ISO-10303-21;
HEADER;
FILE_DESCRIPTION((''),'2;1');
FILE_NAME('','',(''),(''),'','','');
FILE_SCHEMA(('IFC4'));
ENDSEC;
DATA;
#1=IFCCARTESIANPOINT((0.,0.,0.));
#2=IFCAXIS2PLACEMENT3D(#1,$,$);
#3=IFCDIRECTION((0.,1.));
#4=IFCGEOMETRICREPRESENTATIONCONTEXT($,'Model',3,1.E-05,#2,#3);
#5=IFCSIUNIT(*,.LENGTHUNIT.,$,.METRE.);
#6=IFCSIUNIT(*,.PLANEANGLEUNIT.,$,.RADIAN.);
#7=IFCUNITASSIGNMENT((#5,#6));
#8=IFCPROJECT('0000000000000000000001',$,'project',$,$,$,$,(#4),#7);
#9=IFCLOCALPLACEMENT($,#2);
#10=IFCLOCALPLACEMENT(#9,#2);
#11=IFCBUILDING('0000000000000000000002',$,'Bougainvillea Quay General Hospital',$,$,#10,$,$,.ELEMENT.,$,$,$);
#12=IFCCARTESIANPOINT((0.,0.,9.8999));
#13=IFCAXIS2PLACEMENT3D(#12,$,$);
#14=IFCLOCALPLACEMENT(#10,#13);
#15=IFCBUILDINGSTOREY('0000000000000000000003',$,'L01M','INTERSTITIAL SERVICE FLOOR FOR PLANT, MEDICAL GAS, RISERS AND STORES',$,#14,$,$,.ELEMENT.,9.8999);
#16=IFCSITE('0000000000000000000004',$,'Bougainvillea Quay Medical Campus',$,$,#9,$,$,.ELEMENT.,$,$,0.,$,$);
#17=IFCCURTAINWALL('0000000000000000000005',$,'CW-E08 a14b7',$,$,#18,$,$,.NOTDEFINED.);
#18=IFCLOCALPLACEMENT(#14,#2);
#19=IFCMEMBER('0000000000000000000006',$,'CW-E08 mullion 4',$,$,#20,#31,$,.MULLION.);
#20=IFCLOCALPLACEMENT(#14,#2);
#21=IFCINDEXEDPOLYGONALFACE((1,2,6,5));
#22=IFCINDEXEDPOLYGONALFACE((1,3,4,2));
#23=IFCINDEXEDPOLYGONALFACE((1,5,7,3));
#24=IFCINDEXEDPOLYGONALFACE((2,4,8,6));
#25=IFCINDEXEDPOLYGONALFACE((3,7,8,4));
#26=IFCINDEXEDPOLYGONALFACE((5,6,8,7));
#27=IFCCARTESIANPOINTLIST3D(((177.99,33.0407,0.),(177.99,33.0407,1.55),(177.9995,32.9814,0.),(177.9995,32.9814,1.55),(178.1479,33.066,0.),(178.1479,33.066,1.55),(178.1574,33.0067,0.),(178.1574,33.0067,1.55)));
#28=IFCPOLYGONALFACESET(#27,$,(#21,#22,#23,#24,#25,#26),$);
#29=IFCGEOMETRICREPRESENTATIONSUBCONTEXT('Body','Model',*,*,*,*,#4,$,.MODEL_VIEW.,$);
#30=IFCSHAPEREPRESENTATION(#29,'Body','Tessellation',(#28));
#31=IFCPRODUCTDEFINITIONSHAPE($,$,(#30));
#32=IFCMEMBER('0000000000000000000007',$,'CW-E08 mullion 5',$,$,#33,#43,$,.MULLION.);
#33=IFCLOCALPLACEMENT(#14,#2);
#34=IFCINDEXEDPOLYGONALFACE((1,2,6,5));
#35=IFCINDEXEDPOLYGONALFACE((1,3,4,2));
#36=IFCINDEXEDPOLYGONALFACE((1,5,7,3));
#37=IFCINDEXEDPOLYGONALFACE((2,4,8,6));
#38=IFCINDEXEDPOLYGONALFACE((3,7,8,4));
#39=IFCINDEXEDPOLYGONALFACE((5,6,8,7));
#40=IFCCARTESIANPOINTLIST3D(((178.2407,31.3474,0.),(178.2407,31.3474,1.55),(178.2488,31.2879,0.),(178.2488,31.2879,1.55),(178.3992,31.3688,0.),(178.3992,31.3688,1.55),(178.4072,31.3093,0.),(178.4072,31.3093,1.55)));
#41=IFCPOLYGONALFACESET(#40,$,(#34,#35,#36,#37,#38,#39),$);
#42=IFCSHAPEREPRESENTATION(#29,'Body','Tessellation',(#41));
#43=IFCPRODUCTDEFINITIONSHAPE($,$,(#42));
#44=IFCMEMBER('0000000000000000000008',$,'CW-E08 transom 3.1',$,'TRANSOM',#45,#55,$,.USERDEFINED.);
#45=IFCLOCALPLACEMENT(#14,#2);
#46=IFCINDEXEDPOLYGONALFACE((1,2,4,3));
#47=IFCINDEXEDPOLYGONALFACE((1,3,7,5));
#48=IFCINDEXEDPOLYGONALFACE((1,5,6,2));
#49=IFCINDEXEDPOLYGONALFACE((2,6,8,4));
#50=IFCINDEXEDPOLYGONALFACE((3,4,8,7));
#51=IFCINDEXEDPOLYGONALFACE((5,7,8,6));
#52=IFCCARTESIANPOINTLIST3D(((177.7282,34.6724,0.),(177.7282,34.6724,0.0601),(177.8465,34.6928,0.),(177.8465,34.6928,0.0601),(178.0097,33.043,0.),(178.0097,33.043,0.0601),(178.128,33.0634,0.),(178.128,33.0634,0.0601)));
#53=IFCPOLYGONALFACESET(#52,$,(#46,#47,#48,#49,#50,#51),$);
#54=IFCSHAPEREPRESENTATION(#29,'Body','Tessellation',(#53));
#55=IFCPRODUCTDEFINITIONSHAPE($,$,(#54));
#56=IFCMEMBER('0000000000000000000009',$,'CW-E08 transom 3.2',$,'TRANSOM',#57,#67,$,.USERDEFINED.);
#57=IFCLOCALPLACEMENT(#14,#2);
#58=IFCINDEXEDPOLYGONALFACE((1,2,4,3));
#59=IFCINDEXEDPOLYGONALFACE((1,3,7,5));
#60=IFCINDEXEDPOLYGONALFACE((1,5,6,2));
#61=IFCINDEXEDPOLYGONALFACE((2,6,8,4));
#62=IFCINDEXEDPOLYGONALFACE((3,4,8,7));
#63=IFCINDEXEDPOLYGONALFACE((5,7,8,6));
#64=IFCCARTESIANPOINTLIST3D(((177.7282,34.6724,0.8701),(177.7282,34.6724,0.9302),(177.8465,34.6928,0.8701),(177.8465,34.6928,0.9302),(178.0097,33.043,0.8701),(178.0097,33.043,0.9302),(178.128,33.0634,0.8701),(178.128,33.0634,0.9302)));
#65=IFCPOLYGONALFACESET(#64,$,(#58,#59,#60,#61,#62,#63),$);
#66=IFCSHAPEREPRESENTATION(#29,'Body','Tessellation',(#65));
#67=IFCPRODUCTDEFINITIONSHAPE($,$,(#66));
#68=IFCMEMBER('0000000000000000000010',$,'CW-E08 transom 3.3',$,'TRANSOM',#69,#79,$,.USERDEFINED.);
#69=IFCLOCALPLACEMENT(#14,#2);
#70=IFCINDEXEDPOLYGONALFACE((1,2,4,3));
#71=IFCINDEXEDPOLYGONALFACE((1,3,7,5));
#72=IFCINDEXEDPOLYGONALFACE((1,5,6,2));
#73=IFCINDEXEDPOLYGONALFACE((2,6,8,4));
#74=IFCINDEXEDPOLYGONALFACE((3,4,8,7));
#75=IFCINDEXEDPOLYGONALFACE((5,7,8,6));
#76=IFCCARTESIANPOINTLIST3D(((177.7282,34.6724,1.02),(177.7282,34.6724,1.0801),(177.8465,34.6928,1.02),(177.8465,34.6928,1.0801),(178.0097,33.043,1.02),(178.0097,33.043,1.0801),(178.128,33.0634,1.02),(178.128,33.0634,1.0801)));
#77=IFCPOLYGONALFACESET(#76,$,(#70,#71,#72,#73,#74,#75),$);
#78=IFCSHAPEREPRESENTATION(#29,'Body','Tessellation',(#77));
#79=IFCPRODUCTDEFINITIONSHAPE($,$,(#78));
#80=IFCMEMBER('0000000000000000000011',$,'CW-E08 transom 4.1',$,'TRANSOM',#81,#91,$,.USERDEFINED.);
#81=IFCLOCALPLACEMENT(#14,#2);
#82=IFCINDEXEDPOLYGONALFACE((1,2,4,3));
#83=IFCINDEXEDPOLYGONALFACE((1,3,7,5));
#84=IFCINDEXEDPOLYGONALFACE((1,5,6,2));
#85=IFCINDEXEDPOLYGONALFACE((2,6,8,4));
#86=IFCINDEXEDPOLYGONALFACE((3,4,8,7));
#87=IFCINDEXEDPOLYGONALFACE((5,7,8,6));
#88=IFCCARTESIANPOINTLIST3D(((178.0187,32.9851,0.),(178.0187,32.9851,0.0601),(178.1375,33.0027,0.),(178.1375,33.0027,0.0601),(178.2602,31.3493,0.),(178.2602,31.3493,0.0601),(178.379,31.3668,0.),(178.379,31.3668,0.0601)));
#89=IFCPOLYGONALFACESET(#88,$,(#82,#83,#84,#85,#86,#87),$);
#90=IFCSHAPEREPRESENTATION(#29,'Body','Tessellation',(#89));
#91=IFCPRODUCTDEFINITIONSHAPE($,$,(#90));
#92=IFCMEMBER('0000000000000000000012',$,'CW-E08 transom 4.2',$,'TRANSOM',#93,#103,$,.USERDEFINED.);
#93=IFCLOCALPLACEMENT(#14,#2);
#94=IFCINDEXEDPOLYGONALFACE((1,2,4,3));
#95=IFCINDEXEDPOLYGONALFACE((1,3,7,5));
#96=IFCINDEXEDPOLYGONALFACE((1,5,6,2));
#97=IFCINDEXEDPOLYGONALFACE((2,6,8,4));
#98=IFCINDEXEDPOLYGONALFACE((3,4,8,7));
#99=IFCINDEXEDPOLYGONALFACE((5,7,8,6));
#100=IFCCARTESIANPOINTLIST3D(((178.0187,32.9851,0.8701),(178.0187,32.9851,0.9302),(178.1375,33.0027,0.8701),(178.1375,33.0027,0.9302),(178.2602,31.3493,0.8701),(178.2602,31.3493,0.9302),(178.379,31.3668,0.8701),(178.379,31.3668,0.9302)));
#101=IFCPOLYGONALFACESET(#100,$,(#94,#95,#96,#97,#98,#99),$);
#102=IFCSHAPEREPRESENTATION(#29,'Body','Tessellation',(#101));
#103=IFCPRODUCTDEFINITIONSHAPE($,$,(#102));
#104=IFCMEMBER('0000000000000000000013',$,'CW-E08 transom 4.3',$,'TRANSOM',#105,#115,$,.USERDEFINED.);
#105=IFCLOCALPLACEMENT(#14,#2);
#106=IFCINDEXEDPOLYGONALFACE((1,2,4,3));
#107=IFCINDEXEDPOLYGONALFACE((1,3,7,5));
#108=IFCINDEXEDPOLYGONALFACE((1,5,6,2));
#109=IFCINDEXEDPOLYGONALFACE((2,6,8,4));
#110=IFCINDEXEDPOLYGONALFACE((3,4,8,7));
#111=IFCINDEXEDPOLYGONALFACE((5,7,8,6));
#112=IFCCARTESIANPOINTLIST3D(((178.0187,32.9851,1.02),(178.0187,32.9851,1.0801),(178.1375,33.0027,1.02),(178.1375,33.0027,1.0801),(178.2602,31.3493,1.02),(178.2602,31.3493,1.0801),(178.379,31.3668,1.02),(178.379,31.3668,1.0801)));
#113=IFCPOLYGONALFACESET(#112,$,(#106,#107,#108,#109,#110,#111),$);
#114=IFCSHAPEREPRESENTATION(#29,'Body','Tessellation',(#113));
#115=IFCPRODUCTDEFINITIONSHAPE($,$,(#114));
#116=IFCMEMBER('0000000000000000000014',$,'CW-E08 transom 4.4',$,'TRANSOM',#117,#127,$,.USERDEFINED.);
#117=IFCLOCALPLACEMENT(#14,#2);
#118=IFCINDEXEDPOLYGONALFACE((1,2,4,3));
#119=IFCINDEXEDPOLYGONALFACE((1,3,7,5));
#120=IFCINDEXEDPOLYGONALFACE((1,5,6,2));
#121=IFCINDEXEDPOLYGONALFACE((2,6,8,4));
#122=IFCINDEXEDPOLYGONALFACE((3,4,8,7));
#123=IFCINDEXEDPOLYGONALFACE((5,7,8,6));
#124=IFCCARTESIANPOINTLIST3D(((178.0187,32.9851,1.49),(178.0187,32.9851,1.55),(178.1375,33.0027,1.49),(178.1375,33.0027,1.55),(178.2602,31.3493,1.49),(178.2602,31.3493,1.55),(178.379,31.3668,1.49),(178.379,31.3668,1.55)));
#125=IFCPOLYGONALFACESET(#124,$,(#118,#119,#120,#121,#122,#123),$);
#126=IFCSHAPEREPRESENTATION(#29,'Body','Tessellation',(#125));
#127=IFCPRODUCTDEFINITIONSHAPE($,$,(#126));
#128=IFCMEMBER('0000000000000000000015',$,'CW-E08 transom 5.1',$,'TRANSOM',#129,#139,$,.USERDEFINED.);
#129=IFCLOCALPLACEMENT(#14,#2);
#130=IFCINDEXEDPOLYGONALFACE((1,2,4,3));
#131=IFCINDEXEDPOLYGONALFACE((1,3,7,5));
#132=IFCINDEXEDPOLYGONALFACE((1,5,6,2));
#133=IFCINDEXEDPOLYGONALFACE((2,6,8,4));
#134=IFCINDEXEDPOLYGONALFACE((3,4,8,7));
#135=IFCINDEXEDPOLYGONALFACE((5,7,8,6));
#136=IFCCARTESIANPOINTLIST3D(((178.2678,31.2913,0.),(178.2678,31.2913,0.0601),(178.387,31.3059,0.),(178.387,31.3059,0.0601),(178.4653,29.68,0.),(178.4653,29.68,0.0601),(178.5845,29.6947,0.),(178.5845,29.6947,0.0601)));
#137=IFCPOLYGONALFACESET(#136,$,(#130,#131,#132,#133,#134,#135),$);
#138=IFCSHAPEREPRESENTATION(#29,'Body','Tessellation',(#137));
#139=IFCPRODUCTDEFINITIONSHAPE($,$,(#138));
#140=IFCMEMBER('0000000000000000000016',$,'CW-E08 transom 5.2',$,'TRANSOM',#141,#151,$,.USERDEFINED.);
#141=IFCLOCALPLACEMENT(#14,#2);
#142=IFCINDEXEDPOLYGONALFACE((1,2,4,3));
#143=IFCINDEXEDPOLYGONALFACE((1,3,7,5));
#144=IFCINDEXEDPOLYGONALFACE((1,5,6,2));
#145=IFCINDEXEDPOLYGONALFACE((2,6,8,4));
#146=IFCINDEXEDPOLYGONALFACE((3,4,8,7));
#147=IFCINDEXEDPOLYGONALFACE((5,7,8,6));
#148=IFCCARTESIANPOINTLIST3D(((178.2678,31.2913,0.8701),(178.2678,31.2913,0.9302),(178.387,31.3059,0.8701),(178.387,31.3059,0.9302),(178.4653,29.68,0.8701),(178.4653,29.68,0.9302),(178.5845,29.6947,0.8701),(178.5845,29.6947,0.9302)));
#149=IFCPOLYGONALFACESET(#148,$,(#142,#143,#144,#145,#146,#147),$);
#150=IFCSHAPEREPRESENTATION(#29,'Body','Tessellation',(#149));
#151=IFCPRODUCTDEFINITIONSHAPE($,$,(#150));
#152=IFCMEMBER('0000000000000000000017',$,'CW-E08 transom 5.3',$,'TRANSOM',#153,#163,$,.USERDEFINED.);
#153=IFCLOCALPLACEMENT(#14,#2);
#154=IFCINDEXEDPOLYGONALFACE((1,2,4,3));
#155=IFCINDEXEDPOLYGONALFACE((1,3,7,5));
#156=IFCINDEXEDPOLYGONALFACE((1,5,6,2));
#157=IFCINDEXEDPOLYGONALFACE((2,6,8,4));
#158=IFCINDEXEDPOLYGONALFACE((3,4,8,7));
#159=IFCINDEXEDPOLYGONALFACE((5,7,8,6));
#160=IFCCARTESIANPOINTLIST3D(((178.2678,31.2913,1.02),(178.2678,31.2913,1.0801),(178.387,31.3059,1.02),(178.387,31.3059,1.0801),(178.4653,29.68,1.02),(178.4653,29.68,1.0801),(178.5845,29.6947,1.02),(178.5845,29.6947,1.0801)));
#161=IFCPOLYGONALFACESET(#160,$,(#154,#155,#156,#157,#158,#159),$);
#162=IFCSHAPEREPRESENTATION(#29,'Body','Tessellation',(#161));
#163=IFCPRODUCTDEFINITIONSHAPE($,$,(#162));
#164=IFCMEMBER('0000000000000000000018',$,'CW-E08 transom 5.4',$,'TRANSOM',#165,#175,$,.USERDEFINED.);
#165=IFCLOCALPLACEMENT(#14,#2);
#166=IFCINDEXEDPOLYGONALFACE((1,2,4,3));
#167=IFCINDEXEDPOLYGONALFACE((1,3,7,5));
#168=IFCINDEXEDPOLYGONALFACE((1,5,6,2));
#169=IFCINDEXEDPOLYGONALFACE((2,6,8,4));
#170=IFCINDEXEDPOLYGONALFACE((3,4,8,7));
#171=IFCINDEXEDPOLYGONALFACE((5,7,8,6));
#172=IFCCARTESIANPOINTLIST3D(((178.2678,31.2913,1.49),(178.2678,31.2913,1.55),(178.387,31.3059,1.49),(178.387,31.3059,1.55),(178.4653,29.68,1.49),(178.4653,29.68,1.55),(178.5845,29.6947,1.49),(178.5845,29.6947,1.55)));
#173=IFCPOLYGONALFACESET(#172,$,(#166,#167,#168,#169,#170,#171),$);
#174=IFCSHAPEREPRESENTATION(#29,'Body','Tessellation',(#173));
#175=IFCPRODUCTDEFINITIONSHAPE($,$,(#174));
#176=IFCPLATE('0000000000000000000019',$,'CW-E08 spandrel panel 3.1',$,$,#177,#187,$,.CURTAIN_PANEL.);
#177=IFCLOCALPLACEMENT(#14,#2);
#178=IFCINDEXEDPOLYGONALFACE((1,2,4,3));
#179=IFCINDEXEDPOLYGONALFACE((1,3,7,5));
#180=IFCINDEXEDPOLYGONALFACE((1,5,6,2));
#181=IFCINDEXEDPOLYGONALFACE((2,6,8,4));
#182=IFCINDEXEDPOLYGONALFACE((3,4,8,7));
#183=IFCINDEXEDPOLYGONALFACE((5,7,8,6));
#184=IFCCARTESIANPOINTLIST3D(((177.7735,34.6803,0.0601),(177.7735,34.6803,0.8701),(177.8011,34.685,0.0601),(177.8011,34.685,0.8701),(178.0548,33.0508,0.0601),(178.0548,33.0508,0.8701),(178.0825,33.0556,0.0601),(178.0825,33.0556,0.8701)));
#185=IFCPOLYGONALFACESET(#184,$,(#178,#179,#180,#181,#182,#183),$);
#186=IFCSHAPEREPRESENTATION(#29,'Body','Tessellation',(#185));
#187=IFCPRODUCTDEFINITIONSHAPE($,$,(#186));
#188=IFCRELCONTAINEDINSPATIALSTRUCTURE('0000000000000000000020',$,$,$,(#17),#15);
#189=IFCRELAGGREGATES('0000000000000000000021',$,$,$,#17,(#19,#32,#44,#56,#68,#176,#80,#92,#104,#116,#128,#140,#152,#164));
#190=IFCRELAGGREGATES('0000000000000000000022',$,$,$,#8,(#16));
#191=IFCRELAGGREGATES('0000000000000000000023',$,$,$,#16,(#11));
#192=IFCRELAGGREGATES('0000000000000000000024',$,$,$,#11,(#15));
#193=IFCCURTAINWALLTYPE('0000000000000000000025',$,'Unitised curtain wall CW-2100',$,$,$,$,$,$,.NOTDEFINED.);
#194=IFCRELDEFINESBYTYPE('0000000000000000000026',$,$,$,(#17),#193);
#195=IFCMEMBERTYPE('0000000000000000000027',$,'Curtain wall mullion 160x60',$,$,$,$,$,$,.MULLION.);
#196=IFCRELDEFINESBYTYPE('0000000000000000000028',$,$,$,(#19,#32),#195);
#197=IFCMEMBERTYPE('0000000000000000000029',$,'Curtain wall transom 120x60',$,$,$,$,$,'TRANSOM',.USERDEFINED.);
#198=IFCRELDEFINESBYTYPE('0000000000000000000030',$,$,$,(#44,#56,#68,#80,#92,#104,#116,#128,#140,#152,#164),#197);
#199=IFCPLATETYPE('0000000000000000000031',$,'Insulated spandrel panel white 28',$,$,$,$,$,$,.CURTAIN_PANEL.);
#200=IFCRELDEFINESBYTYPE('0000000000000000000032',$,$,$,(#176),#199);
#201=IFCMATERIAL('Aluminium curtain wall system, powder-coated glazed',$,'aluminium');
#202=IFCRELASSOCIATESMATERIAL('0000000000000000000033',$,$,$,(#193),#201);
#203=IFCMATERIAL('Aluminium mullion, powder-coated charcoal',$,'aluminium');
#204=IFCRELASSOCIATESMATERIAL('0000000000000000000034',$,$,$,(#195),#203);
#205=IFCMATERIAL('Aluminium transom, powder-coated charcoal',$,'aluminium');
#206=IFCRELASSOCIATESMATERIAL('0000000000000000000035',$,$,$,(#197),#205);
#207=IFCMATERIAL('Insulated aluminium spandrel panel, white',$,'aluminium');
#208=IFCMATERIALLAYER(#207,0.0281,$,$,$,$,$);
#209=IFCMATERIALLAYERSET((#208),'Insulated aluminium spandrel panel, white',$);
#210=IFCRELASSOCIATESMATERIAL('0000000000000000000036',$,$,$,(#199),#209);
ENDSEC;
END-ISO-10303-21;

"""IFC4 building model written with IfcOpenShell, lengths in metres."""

from ifc_helpers import new_model, si_unit, direction, frame, origin, origin_2d, place, context, subcontext, project, spatial, rectangle, extrude, material, layer, layer_set, material_profile, profile_set, type_object, element, aggregate, save


model = new_model("IFC4")

# Units and contexts
model_context = context("Model", 3, precision=1e-05, world=origin(), true_north=direction((0.0, 1.0)))
body_context = subcontext(model_context, "Body", "Model", "MODEL_VIEW")
ifc_project = project(units=[si_unit("LENGTHUNIT", "METRE"), si_unit("PLANEANGLEUNIT", "RADIAN")], contexts=[model_context])

# Site, building, storey
site_placement = place(None, origin())
site = spatial("IfcSite", under=ifc_project, at=site_placement, Name="Bougainvillea Quay Medical Campus", CompositionType="ELEMENT", RefElevation=0.0)
building_placement = place(site_placement, origin())
building = spatial("IfcBuilding", under=site, at=building_placement, Name="Bougainvillea Quay General Hospital", CompositionType="ELEMENT")
storey_placement = place(building_placement, frame((0.0, 0.0, 9.8999)))
storey = spatial("IfcBuildingStorey", under=building, at=storey_placement, Name="L01M", Description="INTERSTITIAL SERVICE FLOOR FOR PLANT, MEDICAL GAS, RISERS AND STORES", CompositionType="ELEMENT", Elevation=9.8999)

# Curtain wall, members, plate
ifc_material_1 = material(Name="Aluminium curtain wall system, powder-coated glazed", Category="aluminium")
curtain_wall_type = type_object("IfcCurtainWallType", Name="Unitised curtain wall CW-2100", PredefinedType="NOTDEFINED", material=ifc_material_1)
curtain_wall_placement = place(storey_placement, origin())
curtain_wall = element("IfcCurtainWall", 1, at=curtain_wall_placement, inside=storey, type_object=curtain_wall_type, Name="CW-E08 a14b7", PredefinedType="NOTDEFINED")
ifc_material_2 = material(Name="Aluminium mullion, powder-coated charcoal", Category="aluminium")
ifc_material_profile_1 = material_profile(ifc_material_2, rectangle(XDim=0.1599, YDim=0.0601, at=origin_2d()))
ifc_profile_set_1 = profile_set([ifc_material_profile_1], Name="Aluminium mullion, powder-coated charcoal")
member_type_1 = type_object("IfcMemberType", Name="Curtain wall mullion 160x60", PredefinedType="MULLION", material=ifc_profile_set_1)
member_1_placement = place(storey_placement, frame((178.0737, 33.0237, 0.0), z_axis=(0.0, 0.0, 1.0), x_axis=(0.987432, 0.158044, 0.0)))
member_1 = element("IfcMember", 2, at=member_1_placement, type_object=member_type_1, Name="CW-E08 mullion 4", PredefinedType="MULLION", context=body_context, shape_type="SweptSolid", body=[
    extrude(rectangle(XDim=0.1599, YDim=0.0601, at=origin_2d()), origin(), (0.0, 0.0, 1.0), 1.55),
])
member_2_placement = place(storey_placement, frame((178.324, 31.3284, 0.0), z_axis=(0.0, 0.0, 1.0), x_axis=(0.991016, 0.133741, 0.0)))
member_2 = element("IfcMember", 3, at=member_2_placement, type_object=member_type_1, Name="CW-E08 mullion 5", PredefinedType="MULLION", context=body_context, shape_type="SweptSolid", body=[
    extrude(rectangle(XDim=0.1599, YDim=0.0601, at=origin_2d()), origin(), (0.0, 0.0, 1.0), 1.55),
])
ifc_material_3 = material(Name="Aluminium transom, powder-coated charcoal", Category="aluminium")
ifc_material_profile_2 = material_profile(ifc_material_3, rectangle(XDim=0.1201, YDim=0.0601, at=origin_2d()))
ifc_profile_set_2 = profile_set([ifc_material_profile_2], Name="Aluminium transom, powder-coated charcoal")
member_type_2 = type_object("IfcMemberType", Name="Curtain wall transom 120x60", ElementType="TRANSOM", PredefinedType="USERDEFINED", material=ifc_profile_set_2)
member_3_placement = place(storey_placement, frame((177.7874, 34.6826, 0.03), z_axis=(0.170238, -0.985403, 0.0), x_axis=(0.985403, 0.170238, 0.0)))
member_3 = element("IfcMember", 4, at=member_3_placement, type_object=member_type_2, Name="CW-E08 transom 3.1", ObjectType="TRANSOM", PredefinedType="USERDEFINED", context=body_context, shape_type="SweptSolid", body=[
    extrude(rectangle(XDim=0.1201, YDim=0.0601, at=origin_2d()), origin(), (0.0, 0.0, 1.0), 1.6536),
])
member_4_placement = place(storey_placement, frame((177.7874, 34.6826, 0.9001), z_axis=(0.170238, -0.985403, 0.0), x_axis=(0.985403, 0.170238, 0.0)))
member_4 = element("IfcMember", 5, at=member_4_placement, type_object=member_type_2, Name="CW-E08 transom 3.2", ObjectType="TRANSOM", PredefinedType="USERDEFINED", context=body_context, shape_type="SweptSolid", body=[
    extrude(rectangle(XDim=0.1201, YDim=0.0601, at=origin_2d()), origin(), (0.0, 0.0, 1.0), 1.6536),
])
member_5_placement = place(storey_placement, frame((177.7874, 34.6826, 1.05), z_axis=(0.170238, -0.985403, 0.0), x_axis=(0.985403, 0.170238, 0.0)))
member_5 = element("IfcMember", 6, at=member_5_placement, type_object=member_type_2, Name="CW-E08 transom 3.3", ObjectType="TRANSOM", PredefinedType="USERDEFINED", context=body_context, shape_type="SweptSolid", body=[
    extrude(rectangle(XDim=0.1201, YDim=0.0601, at=origin_2d()), origin(), (0.0, 0.0, 1.0), 1.6536),
])
member_6_placement = place(storey_placement, frame((178.0781, 32.9939, 0.03), z_axis=(0.14603, -0.98928, 0.0), x_axis=(0.98928, 0.14603, 0.0)))
member_6 = element("IfcMember", 7, at=member_6_placement, type_object=member_type_2, Name="CW-E08 transom 4.1", ObjectType="TRANSOM", PredefinedType="USERDEFINED", context=body_context, shape_type="SweptSolid", body=[
    extrude(rectangle(XDim=0.1201, YDim=0.0601, at=origin_2d()), origin(), (0.0, 0.0, 1.0), 1.6536),
])
member_7_placement = place(storey_placement, frame((178.0781, 32.9939, 0.9001), z_axis=(0.14603, -0.98928, 0.0), x_axis=(0.98928, 0.14603, 0.0)))
member_7 = element("IfcMember", 8, at=member_7_placement, type_object=member_type_2, Name="CW-E08 transom 4.2", ObjectType="TRANSOM", PredefinedType="USERDEFINED", context=body_context, shape_type="SweptSolid", body=[
    extrude(rectangle(XDim=0.1201, YDim=0.0601, at=origin_2d()), origin(), (0.0, 0.0, 1.0), 1.6536),
])
member_8_placement = place(storey_placement, frame((178.0781, 32.9939, 1.05), z_axis=(0.14603, -0.98928, 0.0), x_axis=(0.98928, 0.14603, 0.0)))
member_8 = element("IfcMember", 9, at=member_8_placement, type_object=member_type_2, Name="CW-E08 transom 4.3", ObjectType="TRANSOM", PredefinedType="USERDEFINED", context=body_context, shape_type="SweptSolid", body=[
    extrude(rectangle(XDim=0.1201, YDim=0.0601, at=origin_2d()), origin(), (0.0, 0.0, 1.0), 1.6536),
])
member_9_placement = place(storey_placement, frame((178.0781, 32.9939, 1.52), z_axis=(0.14603, -0.98928, 0.0), x_axis=(0.98928, 0.14603, 0.0)))
member_9 = element("IfcMember", 10, at=member_9_placement, type_object=member_type_2, Name="CW-E08 transom 4.4", ObjectType="TRANSOM", PredefinedType="USERDEFINED", context=body_context, shape_type="SweptSolid", body=[
    extrude(rectangle(XDim=0.1201, YDim=0.0601, at=origin_2d()), origin(), (0.0, 0.0, 1.0), 1.6536),
])
member_10_placement = place(storey_placement, frame((178.3274, 31.2986, 0.03), z_axis=(0.121665, -0.992571, 0.0), x_axis=(0.992571, 0.121665, 0.0)))
member_10 = element("IfcMember", 11, at=member_10_placement, type_object=member_type_2, Name="CW-E08 transom 5.1", ObjectType="TRANSOM", PredefinedType="USERDEFINED", context=body_context, shape_type="SweptSolid", body=[
    extrude(rectangle(XDim=0.1201, YDim=0.0601, at=origin_2d()), origin(), (0.0, 0.0, 1.0), 1.6233),
])
member_11_placement = place(storey_placement, frame((178.3274, 31.2986, 0.9001), z_axis=(0.121665, -0.992571, 0.0), x_axis=(0.992571, 0.121665, 0.0)))
member_11 = element("IfcMember", 12, at=member_11_placement, type_object=member_type_2, Name="CW-E08 transom 5.2", ObjectType="TRANSOM", PredefinedType="USERDEFINED", context=body_context, shape_type="SweptSolid", body=[
    extrude(rectangle(XDim=0.1201, YDim=0.0601, at=origin_2d()), origin(), (0.0, 0.0, 1.0), 1.6233),
])
member_12_placement = place(storey_placement, frame((178.3274, 31.2986, 1.05), z_axis=(0.121665, -0.992571, 0.0), x_axis=(0.992571, 0.121665, 0.0)))
member_12 = element("IfcMember", 13, at=member_12_placement, type_object=member_type_2, Name="CW-E08 transom 5.3", ObjectType="TRANSOM", PredefinedType="USERDEFINED", context=body_context, shape_type="SweptSolid", body=[
    extrude(rectangle(XDim=0.1201, YDim=0.0601, at=origin_2d()), origin(), (0.0, 0.0, 1.0), 1.6233),
])
member_13_placement = place(storey_placement, frame((178.3274, 31.2986, 1.52), z_axis=(0.121665, -0.992571, 0.0), x_axis=(0.992571, 0.121665, 0.0)))
member_13 = element("IfcMember", 14, at=member_13_placement, type_object=member_type_2, Name="CW-E08 transom 5.4", ObjectType="TRANSOM", PredefinedType="USERDEFINED", context=body_context, shape_type="SweptSolid", body=[
    extrude(rectangle(XDim=0.1201, YDim=0.0601, at=origin_2d()), origin(), (0.0, 0.0, 1.0), 1.6233),
])
ifc_material_4 = material(Name="Insulated aluminium spandrel panel, white", Category="aluminium")
ifc_layer_1 = layer(ifc_material_4, 0.0281)
ifc_layer_set_1 = layer_set([ifc_layer_1], Name="Insulated aluminium spandrel panel, white")
plate_type_1 = type_object("IfcPlateType", Name="Insulated spandrel panel white 28", PredefinedType="CURTAIN_PANEL", material=ifc_layer_set_1)
plate_1_placement = place(storey_placement, frame((177.928, 33.8679, 0.0601), z_axis=(0.0, 0.0, 1.0), x_axis=(0.17016, -0.985416, 0.0)))
plate_1 = element("IfcPlate", 15, at=plate_1_placement, type_object=plate_type_1, Name="CW-E08 spandrel panel 3.1", PredefinedType="CURTAIN_PANEL", context=body_context, shape_type="SweptSolid", body=[
    extrude(rectangle(XDim=1.6536, YDim=0.0281, at=origin_2d()), origin(), (0.0, 0.0, 1.0), 0.8101),
])
aggregate(curtain_wall, [member_1, member_2, member_3, member_4, member_5, plate_1, member_6, member_7, member_8, member_9, member_10, member_11, member_12, member_13])

save(model, "model.ifc")
